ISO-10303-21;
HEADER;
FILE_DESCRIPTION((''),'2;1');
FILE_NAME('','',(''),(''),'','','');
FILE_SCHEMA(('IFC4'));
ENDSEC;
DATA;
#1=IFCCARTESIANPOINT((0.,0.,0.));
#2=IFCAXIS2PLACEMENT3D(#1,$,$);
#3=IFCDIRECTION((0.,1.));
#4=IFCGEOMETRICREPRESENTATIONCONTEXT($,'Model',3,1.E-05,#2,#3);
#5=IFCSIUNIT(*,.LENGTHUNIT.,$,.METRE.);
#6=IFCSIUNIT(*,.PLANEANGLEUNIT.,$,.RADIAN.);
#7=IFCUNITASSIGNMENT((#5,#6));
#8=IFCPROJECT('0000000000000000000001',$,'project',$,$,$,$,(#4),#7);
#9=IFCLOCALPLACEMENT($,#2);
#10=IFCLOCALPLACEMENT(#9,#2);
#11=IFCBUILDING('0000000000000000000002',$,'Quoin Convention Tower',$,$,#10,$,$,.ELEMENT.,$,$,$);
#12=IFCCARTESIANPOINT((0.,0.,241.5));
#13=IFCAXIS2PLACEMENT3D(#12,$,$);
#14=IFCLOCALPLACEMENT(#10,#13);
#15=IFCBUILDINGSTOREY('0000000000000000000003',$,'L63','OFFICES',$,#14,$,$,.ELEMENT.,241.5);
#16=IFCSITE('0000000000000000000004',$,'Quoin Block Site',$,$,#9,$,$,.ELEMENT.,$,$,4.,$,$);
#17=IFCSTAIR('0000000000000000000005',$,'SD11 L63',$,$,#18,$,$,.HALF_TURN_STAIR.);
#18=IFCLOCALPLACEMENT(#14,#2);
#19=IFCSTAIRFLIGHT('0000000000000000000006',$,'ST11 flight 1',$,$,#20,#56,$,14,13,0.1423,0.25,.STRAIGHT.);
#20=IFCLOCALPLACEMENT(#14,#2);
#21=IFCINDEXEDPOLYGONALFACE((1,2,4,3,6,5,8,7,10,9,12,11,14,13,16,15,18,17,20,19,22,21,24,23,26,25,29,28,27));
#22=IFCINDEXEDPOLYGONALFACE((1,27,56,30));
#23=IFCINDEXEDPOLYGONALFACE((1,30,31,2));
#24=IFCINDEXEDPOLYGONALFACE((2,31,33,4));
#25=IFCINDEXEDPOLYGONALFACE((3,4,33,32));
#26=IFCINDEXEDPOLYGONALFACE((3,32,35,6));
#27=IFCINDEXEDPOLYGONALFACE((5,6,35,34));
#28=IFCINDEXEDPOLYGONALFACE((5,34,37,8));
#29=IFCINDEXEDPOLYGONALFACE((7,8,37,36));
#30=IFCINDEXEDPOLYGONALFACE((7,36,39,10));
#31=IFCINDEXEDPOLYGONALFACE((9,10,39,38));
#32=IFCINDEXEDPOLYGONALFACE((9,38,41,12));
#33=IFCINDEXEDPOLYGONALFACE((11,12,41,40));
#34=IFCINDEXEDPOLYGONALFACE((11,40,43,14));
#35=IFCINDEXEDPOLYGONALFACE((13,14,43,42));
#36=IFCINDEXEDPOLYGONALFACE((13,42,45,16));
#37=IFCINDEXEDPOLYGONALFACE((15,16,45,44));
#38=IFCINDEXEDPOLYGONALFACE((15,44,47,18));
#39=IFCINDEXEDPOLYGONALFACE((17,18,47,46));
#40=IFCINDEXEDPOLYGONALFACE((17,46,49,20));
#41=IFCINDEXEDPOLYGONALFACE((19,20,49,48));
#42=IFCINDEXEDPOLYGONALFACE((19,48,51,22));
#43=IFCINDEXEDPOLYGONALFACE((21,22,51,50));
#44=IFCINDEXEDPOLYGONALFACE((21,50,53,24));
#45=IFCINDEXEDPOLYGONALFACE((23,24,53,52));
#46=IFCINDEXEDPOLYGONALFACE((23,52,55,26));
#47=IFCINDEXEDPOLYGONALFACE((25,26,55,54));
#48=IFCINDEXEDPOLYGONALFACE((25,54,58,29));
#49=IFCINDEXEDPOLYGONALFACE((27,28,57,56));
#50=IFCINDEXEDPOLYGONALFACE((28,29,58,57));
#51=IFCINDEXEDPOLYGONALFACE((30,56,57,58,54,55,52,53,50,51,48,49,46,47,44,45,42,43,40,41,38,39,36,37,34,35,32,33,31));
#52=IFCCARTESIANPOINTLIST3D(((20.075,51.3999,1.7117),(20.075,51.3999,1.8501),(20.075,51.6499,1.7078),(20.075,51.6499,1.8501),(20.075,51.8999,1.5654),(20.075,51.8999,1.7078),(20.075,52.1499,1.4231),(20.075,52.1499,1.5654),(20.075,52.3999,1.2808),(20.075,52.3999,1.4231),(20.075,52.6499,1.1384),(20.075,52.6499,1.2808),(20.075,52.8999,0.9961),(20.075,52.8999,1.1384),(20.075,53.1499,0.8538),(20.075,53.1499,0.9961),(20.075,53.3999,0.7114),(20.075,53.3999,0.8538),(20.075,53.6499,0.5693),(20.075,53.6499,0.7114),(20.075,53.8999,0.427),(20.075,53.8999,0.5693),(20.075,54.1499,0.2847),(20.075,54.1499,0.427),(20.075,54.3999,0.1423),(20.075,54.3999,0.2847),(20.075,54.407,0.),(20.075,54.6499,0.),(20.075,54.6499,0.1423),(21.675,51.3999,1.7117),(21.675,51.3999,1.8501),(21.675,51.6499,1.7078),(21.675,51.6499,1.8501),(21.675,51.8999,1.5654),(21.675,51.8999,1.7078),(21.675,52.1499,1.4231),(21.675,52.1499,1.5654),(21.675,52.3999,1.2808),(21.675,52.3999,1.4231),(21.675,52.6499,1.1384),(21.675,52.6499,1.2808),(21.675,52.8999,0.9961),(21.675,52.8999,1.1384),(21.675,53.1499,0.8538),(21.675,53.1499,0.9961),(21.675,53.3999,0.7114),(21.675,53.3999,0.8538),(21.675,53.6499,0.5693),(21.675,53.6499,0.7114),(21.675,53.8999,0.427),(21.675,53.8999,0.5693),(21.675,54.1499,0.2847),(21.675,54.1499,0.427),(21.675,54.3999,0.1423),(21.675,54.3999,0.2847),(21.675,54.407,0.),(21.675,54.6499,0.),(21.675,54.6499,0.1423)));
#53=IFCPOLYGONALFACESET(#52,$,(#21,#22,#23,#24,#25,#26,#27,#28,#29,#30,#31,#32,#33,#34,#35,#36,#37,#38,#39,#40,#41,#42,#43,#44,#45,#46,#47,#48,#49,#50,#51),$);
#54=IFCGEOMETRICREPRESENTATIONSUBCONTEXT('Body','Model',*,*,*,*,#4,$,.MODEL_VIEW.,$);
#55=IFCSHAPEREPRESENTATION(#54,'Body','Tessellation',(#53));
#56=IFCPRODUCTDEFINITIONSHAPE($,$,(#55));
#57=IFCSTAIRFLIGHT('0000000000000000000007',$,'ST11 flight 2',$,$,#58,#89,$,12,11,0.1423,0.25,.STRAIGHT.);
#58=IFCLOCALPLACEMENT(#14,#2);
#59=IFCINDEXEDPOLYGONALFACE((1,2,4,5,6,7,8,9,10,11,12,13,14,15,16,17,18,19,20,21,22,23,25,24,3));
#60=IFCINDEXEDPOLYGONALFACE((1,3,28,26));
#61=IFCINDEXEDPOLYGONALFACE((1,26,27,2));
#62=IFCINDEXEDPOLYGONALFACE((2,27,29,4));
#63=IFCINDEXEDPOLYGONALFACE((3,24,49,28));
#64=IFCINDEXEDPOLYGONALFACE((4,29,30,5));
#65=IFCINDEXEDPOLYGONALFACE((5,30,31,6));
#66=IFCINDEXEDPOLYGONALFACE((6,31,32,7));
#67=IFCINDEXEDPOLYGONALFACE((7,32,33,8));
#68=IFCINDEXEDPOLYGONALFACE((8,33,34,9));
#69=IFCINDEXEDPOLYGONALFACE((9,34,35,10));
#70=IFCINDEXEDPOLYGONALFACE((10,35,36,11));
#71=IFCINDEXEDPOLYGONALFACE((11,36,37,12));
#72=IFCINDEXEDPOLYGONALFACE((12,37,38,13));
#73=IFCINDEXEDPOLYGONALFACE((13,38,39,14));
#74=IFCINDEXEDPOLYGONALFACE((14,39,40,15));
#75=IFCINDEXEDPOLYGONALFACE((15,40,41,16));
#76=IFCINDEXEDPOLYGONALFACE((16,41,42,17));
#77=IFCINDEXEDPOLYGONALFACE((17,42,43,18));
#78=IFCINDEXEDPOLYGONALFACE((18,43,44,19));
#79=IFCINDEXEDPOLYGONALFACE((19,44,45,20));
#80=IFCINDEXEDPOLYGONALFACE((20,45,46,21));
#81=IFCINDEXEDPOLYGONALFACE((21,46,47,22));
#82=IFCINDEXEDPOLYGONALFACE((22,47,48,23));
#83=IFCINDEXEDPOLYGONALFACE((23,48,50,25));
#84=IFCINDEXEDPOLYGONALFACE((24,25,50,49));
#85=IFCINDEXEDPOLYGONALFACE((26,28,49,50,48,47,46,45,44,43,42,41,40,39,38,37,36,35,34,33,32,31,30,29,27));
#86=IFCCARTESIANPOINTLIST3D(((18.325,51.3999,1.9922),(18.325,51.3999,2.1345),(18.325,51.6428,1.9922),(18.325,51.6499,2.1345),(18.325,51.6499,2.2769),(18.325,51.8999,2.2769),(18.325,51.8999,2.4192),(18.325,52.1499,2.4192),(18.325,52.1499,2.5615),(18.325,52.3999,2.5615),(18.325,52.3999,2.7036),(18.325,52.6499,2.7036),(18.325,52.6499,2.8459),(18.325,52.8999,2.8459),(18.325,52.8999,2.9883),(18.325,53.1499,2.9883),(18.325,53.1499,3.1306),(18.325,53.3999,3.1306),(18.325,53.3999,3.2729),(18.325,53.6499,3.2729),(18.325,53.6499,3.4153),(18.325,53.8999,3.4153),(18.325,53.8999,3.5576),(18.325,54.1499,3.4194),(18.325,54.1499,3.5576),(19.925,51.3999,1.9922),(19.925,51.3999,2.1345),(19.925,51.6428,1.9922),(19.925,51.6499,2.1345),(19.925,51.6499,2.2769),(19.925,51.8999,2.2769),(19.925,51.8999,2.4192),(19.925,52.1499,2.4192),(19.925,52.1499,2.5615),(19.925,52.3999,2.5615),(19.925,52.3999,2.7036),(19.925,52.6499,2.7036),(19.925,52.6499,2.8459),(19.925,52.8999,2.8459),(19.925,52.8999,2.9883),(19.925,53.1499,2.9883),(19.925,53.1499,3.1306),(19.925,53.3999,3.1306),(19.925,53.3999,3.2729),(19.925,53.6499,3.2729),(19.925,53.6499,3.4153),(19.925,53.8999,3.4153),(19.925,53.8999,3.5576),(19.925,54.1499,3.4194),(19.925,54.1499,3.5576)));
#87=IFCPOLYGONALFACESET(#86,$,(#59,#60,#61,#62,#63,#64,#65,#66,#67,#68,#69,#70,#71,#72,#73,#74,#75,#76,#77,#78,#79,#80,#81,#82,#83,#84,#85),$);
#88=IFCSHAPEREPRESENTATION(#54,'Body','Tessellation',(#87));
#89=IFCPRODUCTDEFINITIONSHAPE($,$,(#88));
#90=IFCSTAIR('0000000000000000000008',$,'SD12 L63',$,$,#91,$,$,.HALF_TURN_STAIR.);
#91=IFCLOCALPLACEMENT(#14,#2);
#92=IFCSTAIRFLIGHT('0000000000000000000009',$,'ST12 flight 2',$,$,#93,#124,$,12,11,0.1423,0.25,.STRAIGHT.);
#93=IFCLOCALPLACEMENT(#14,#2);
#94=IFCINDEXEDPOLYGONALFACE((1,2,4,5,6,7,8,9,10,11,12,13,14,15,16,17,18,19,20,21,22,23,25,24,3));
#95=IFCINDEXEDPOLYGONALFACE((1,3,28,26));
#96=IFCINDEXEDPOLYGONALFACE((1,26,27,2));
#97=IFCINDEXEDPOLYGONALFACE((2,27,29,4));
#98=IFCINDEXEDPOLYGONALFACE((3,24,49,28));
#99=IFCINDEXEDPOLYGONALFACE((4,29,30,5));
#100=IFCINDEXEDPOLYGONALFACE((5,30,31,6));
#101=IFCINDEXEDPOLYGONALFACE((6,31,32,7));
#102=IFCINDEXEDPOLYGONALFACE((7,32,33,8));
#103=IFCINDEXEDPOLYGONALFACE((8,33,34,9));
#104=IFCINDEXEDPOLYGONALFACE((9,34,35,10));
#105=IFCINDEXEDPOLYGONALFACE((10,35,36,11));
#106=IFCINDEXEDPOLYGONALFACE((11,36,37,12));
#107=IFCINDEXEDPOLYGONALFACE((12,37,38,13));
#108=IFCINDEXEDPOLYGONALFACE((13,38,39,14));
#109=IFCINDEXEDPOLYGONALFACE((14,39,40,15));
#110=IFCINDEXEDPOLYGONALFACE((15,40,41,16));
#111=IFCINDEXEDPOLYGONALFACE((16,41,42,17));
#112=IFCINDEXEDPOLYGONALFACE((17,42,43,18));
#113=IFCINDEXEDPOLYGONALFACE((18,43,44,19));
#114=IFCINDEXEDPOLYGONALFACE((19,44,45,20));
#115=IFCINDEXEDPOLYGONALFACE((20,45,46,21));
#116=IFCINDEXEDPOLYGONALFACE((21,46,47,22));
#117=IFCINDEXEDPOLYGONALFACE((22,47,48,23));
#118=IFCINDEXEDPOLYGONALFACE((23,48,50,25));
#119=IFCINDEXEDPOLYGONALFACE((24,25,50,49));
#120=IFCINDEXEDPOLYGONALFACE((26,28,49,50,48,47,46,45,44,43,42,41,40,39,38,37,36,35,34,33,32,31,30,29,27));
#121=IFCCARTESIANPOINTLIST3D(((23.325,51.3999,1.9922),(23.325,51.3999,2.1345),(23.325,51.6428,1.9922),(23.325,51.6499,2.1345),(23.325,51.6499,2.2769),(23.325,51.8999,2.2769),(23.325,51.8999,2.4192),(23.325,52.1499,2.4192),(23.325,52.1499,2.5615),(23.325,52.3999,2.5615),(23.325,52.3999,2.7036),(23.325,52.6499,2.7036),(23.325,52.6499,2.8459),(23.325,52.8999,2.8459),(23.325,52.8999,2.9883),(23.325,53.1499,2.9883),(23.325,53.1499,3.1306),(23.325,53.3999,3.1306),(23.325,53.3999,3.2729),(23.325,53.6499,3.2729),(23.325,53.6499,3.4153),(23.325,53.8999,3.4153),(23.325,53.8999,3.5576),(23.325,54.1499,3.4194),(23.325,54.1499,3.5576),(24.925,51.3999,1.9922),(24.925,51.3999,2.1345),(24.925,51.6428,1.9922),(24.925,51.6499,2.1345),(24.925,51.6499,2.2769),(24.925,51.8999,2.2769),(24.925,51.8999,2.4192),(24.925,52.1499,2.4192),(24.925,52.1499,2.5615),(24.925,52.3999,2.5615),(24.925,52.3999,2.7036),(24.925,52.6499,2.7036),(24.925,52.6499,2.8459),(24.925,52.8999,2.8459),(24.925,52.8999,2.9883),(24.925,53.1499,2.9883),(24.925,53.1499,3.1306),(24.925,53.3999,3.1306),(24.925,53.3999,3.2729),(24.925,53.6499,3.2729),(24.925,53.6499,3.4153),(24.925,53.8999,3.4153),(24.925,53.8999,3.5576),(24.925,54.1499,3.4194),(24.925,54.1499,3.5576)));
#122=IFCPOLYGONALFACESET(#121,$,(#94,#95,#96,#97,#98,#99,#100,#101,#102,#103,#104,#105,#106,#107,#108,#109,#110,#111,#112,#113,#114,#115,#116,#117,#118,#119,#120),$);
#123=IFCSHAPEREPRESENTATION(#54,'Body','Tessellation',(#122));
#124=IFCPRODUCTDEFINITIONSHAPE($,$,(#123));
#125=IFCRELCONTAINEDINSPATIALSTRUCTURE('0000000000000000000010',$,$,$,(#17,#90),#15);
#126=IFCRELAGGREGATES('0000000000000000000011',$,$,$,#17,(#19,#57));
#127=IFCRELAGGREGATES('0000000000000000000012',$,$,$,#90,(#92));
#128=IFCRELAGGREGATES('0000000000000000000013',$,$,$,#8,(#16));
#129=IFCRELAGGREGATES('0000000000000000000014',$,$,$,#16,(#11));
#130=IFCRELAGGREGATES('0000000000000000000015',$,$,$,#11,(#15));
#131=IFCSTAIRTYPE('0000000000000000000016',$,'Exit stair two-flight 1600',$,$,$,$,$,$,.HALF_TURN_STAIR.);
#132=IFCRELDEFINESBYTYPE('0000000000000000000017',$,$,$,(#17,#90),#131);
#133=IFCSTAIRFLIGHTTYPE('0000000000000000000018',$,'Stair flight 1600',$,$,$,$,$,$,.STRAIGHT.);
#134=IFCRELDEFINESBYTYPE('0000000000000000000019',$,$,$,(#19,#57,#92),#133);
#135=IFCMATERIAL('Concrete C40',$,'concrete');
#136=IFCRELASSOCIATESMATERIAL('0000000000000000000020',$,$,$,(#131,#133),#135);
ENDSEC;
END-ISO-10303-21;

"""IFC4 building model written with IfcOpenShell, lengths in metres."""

from ifc_helpers import new_model, si_unit, direction, frame, origin, place, context, subcontext, project, spatial, polyline, outline, extrude, material, type_object, element, aggregate, save


model = new_model("IFC4")

# Units and contexts
model_context = context("Model", 3, precision=1e-05, world=origin(), true_north=direction((0.0, 1.0)))
body_context = subcontext(model_context, "Body", "Model", "MODEL_VIEW")
ifc_project = project(units=[si_unit("LENGTHUNIT", "METRE"), si_unit("PLANEANGLEUNIT", "RADIAN")], contexts=[model_context])

# Site, building, storey
site_placement = place(None, origin())
site = spatial("IfcSite", under=ifc_project, at=site_placement, Name="Quoin Block Site", CompositionType="ELEMENT", RefElevation=4.0)
building_placement = place(site_placement, origin())
building = spatial("IfcBuilding", under=site, at=building_placement, Name="Quoin Convention Tower", CompositionType="ELEMENT")
storey_placement = place(building_placement, frame((0.0, 0.0, 241.5)))
storey = spatial("IfcBuildingStorey", under=building, at=storey_placement, Name="L63", Description="OFFICES", CompositionType="ELEMENT", Elevation=241.5)

# Stair, stair flights
ifc_material_1 = material(Name="Concrete C40", Category="concrete")
stair_type = type_object("IfcStairType", Name="Exit stair two-flight 1600", PredefinedType="HALF_TURN_STAIR", material=ifc_material_1)
stair_1_placement = place(storey_placement, origin())
stair_1 = element("IfcStair", 1, at=stair_1_placement, inside=storey, type_object=stair_type, Name="SD11 L63", PredefinedType="HALF_TURN_STAIR")
stair_flight_type = type_object("IfcStairFlightType", Name="Stair flight 1600", PredefinedType="STRAIGHT", material=ifc_material_1)
stair_flight_1_placement = place(storey_placement, frame((20.875, 54.6499, 0.0), z_axis=(0.0, 0.0, 1.0), x_axis=(0.0, -1.0, 0.0)))
stair_flight_1 = element("IfcStairFlight", 2, at=stair_flight_1_placement, type_object=stair_flight_type, Name="ST11 flight 1", NumberOfRisers=14, NumberOfTreads=13, PredefinedType="STRAIGHT", RiserHeight=0.1423, TreadLength=0.25, context=body_context, shape_type="SweptSolid", body=[
    extrude(outline(polyline([(0.0, 0.0), (0.0, 0.1423), (0.25, 0.1423), (0.25, 0.2847), (0.5, 0.2847), (0.5, 0.427), (0.75, 0.427), (0.75, 0.5693), (1.0, 0.5693), (1.0, 0.7114), (1.25, 0.7114), (1.25, 0.8538), (1.5, 0.8538), (1.5, 0.9961), (1.75, 0.9961), (1.75, 1.1384), (2.0, 1.1384), (2.0, 1.2808), (2.25, 1.2808), (2.25, 1.4231), (2.5, 1.4231), (2.5, 1.5654), (2.75, 1.5654), (2.75, 1.7078), (3.0, 1.7078), (3.0, 1.8501), (3.25, 1.8501), (3.25, 1.9922), (3.25, 1.7117), (0.2429, 0.0), (0.0, 0.0)])), frame((0.0, 0.8, 0.0), z_axis=(0.0, -1.0, 0.0), x_axis=(1.0, 0.0, 0.0)), (0.0, 0.0, 1.0), 1.6001),
])
stair_flight_2_placement = place(storey_placement, frame((19.125, 51.3999, 1.9922), z_axis=(0.0, 0.0, 1.0), x_axis=(0.0, 1.0, 0.0)))
stair_flight_2 = element("IfcStairFlight", 3, at=stair_flight_2_placement, type_object=stair_flight_type, Name="ST11 flight 2", NumberOfRisers=12, NumberOfTreads=11, PredefinedType="STRAIGHT", RiserHeight=0.1423, TreadLength=0.25, context=body_context, shape_type="SweptSolid", body=[
    extrude(outline(polyline([(0.0, 0.0), (0.0, 0.1423), (0.25, 0.1423), (0.25, 0.2847), (0.5, 0.2847), (0.5, 0.427), (0.75, 0.427), (0.75, 0.5693), (1.0, 0.5693), (1.0, 0.7114), (1.25, 0.7114), (1.25, 0.8538), (1.5, 0.8538), (1.5, 0.9961), (1.75, 0.9961), (1.75, 1.1384), (2.0, 1.1384), (2.0, 1.2808), (2.25, 1.2808), (2.25, 1.4231), (2.5, 1.4231), (2.5, 1.5654), (2.75, 1.5654), (2.75, 1.7078), (2.75, 1.4272), (0.2429, 0.0), (0.0, 0.0)])), frame((0.0, 0.8, 0.0), z_axis=(0.0, -1.0, 0.0), x_axis=(1.0, 0.0, 0.0)), (0.0, 0.0, 1.0), 1.6001),
])
aggregate(stair_1, [stair_flight_1, stair_flight_2])

# Stair, stair flight
stair_2_placement = place(storey_placement, origin())
stair_2 = element("IfcStair", 4, at=stair_2_placement, inside=storey, type_object=stair_type, Name="SD12 L63", PredefinedType="HALF_TURN_STAIR")
stair_flight_3_placement = place(storey_placement, frame((24.125, 51.3999, 1.9922), z_axis=(0.0, 0.0, 1.0), x_axis=(0.0, 1.0, 0.0)))
stair_flight_3 = element("IfcStairFlight", 5, at=stair_flight_3_placement, type_object=stair_flight_type, Name="ST12 flight 2", NumberOfRisers=12, NumberOfTreads=11, PredefinedType="STRAIGHT", RiserHeight=0.1423, TreadLength=0.25, context=body_context, shape_type="SweptSolid", body=[
    extrude(outline(polyline([(0.0, 0.0), (0.0, 0.1423), (0.25, 0.1423), (0.25, 0.2847), (0.5, 0.2847), (0.5, 0.427), (0.75, 0.427), (0.75, 0.5693), (1.0, 0.5693), (1.0, 0.7114), (1.25, 0.7114), (1.25, 0.8538), (1.5, 0.8538), (1.5, 0.9961), (1.75, 0.9961), (1.75, 1.1384), (2.0, 1.1384), (2.0, 1.2808), (2.25, 1.2808), (2.25, 1.4231), (2.5, 1.4231), (2.5, 1.5654), (2.75, 1.5654), (2.75, 1.7078), (2.75, 1.4272), (0.2429, 0.0), (0.0, 0.0)])), frame((0.0, 0.8, 0.0), z_axis=(0.0, -1.0, 0.0), x_axis=(1.0, 0.0, 0.0)), (0.0, 0.0, 1.0), 1.6001),
])
aggregate(stair_2, [stair_flight_3])

save(model, "model.ifc")
